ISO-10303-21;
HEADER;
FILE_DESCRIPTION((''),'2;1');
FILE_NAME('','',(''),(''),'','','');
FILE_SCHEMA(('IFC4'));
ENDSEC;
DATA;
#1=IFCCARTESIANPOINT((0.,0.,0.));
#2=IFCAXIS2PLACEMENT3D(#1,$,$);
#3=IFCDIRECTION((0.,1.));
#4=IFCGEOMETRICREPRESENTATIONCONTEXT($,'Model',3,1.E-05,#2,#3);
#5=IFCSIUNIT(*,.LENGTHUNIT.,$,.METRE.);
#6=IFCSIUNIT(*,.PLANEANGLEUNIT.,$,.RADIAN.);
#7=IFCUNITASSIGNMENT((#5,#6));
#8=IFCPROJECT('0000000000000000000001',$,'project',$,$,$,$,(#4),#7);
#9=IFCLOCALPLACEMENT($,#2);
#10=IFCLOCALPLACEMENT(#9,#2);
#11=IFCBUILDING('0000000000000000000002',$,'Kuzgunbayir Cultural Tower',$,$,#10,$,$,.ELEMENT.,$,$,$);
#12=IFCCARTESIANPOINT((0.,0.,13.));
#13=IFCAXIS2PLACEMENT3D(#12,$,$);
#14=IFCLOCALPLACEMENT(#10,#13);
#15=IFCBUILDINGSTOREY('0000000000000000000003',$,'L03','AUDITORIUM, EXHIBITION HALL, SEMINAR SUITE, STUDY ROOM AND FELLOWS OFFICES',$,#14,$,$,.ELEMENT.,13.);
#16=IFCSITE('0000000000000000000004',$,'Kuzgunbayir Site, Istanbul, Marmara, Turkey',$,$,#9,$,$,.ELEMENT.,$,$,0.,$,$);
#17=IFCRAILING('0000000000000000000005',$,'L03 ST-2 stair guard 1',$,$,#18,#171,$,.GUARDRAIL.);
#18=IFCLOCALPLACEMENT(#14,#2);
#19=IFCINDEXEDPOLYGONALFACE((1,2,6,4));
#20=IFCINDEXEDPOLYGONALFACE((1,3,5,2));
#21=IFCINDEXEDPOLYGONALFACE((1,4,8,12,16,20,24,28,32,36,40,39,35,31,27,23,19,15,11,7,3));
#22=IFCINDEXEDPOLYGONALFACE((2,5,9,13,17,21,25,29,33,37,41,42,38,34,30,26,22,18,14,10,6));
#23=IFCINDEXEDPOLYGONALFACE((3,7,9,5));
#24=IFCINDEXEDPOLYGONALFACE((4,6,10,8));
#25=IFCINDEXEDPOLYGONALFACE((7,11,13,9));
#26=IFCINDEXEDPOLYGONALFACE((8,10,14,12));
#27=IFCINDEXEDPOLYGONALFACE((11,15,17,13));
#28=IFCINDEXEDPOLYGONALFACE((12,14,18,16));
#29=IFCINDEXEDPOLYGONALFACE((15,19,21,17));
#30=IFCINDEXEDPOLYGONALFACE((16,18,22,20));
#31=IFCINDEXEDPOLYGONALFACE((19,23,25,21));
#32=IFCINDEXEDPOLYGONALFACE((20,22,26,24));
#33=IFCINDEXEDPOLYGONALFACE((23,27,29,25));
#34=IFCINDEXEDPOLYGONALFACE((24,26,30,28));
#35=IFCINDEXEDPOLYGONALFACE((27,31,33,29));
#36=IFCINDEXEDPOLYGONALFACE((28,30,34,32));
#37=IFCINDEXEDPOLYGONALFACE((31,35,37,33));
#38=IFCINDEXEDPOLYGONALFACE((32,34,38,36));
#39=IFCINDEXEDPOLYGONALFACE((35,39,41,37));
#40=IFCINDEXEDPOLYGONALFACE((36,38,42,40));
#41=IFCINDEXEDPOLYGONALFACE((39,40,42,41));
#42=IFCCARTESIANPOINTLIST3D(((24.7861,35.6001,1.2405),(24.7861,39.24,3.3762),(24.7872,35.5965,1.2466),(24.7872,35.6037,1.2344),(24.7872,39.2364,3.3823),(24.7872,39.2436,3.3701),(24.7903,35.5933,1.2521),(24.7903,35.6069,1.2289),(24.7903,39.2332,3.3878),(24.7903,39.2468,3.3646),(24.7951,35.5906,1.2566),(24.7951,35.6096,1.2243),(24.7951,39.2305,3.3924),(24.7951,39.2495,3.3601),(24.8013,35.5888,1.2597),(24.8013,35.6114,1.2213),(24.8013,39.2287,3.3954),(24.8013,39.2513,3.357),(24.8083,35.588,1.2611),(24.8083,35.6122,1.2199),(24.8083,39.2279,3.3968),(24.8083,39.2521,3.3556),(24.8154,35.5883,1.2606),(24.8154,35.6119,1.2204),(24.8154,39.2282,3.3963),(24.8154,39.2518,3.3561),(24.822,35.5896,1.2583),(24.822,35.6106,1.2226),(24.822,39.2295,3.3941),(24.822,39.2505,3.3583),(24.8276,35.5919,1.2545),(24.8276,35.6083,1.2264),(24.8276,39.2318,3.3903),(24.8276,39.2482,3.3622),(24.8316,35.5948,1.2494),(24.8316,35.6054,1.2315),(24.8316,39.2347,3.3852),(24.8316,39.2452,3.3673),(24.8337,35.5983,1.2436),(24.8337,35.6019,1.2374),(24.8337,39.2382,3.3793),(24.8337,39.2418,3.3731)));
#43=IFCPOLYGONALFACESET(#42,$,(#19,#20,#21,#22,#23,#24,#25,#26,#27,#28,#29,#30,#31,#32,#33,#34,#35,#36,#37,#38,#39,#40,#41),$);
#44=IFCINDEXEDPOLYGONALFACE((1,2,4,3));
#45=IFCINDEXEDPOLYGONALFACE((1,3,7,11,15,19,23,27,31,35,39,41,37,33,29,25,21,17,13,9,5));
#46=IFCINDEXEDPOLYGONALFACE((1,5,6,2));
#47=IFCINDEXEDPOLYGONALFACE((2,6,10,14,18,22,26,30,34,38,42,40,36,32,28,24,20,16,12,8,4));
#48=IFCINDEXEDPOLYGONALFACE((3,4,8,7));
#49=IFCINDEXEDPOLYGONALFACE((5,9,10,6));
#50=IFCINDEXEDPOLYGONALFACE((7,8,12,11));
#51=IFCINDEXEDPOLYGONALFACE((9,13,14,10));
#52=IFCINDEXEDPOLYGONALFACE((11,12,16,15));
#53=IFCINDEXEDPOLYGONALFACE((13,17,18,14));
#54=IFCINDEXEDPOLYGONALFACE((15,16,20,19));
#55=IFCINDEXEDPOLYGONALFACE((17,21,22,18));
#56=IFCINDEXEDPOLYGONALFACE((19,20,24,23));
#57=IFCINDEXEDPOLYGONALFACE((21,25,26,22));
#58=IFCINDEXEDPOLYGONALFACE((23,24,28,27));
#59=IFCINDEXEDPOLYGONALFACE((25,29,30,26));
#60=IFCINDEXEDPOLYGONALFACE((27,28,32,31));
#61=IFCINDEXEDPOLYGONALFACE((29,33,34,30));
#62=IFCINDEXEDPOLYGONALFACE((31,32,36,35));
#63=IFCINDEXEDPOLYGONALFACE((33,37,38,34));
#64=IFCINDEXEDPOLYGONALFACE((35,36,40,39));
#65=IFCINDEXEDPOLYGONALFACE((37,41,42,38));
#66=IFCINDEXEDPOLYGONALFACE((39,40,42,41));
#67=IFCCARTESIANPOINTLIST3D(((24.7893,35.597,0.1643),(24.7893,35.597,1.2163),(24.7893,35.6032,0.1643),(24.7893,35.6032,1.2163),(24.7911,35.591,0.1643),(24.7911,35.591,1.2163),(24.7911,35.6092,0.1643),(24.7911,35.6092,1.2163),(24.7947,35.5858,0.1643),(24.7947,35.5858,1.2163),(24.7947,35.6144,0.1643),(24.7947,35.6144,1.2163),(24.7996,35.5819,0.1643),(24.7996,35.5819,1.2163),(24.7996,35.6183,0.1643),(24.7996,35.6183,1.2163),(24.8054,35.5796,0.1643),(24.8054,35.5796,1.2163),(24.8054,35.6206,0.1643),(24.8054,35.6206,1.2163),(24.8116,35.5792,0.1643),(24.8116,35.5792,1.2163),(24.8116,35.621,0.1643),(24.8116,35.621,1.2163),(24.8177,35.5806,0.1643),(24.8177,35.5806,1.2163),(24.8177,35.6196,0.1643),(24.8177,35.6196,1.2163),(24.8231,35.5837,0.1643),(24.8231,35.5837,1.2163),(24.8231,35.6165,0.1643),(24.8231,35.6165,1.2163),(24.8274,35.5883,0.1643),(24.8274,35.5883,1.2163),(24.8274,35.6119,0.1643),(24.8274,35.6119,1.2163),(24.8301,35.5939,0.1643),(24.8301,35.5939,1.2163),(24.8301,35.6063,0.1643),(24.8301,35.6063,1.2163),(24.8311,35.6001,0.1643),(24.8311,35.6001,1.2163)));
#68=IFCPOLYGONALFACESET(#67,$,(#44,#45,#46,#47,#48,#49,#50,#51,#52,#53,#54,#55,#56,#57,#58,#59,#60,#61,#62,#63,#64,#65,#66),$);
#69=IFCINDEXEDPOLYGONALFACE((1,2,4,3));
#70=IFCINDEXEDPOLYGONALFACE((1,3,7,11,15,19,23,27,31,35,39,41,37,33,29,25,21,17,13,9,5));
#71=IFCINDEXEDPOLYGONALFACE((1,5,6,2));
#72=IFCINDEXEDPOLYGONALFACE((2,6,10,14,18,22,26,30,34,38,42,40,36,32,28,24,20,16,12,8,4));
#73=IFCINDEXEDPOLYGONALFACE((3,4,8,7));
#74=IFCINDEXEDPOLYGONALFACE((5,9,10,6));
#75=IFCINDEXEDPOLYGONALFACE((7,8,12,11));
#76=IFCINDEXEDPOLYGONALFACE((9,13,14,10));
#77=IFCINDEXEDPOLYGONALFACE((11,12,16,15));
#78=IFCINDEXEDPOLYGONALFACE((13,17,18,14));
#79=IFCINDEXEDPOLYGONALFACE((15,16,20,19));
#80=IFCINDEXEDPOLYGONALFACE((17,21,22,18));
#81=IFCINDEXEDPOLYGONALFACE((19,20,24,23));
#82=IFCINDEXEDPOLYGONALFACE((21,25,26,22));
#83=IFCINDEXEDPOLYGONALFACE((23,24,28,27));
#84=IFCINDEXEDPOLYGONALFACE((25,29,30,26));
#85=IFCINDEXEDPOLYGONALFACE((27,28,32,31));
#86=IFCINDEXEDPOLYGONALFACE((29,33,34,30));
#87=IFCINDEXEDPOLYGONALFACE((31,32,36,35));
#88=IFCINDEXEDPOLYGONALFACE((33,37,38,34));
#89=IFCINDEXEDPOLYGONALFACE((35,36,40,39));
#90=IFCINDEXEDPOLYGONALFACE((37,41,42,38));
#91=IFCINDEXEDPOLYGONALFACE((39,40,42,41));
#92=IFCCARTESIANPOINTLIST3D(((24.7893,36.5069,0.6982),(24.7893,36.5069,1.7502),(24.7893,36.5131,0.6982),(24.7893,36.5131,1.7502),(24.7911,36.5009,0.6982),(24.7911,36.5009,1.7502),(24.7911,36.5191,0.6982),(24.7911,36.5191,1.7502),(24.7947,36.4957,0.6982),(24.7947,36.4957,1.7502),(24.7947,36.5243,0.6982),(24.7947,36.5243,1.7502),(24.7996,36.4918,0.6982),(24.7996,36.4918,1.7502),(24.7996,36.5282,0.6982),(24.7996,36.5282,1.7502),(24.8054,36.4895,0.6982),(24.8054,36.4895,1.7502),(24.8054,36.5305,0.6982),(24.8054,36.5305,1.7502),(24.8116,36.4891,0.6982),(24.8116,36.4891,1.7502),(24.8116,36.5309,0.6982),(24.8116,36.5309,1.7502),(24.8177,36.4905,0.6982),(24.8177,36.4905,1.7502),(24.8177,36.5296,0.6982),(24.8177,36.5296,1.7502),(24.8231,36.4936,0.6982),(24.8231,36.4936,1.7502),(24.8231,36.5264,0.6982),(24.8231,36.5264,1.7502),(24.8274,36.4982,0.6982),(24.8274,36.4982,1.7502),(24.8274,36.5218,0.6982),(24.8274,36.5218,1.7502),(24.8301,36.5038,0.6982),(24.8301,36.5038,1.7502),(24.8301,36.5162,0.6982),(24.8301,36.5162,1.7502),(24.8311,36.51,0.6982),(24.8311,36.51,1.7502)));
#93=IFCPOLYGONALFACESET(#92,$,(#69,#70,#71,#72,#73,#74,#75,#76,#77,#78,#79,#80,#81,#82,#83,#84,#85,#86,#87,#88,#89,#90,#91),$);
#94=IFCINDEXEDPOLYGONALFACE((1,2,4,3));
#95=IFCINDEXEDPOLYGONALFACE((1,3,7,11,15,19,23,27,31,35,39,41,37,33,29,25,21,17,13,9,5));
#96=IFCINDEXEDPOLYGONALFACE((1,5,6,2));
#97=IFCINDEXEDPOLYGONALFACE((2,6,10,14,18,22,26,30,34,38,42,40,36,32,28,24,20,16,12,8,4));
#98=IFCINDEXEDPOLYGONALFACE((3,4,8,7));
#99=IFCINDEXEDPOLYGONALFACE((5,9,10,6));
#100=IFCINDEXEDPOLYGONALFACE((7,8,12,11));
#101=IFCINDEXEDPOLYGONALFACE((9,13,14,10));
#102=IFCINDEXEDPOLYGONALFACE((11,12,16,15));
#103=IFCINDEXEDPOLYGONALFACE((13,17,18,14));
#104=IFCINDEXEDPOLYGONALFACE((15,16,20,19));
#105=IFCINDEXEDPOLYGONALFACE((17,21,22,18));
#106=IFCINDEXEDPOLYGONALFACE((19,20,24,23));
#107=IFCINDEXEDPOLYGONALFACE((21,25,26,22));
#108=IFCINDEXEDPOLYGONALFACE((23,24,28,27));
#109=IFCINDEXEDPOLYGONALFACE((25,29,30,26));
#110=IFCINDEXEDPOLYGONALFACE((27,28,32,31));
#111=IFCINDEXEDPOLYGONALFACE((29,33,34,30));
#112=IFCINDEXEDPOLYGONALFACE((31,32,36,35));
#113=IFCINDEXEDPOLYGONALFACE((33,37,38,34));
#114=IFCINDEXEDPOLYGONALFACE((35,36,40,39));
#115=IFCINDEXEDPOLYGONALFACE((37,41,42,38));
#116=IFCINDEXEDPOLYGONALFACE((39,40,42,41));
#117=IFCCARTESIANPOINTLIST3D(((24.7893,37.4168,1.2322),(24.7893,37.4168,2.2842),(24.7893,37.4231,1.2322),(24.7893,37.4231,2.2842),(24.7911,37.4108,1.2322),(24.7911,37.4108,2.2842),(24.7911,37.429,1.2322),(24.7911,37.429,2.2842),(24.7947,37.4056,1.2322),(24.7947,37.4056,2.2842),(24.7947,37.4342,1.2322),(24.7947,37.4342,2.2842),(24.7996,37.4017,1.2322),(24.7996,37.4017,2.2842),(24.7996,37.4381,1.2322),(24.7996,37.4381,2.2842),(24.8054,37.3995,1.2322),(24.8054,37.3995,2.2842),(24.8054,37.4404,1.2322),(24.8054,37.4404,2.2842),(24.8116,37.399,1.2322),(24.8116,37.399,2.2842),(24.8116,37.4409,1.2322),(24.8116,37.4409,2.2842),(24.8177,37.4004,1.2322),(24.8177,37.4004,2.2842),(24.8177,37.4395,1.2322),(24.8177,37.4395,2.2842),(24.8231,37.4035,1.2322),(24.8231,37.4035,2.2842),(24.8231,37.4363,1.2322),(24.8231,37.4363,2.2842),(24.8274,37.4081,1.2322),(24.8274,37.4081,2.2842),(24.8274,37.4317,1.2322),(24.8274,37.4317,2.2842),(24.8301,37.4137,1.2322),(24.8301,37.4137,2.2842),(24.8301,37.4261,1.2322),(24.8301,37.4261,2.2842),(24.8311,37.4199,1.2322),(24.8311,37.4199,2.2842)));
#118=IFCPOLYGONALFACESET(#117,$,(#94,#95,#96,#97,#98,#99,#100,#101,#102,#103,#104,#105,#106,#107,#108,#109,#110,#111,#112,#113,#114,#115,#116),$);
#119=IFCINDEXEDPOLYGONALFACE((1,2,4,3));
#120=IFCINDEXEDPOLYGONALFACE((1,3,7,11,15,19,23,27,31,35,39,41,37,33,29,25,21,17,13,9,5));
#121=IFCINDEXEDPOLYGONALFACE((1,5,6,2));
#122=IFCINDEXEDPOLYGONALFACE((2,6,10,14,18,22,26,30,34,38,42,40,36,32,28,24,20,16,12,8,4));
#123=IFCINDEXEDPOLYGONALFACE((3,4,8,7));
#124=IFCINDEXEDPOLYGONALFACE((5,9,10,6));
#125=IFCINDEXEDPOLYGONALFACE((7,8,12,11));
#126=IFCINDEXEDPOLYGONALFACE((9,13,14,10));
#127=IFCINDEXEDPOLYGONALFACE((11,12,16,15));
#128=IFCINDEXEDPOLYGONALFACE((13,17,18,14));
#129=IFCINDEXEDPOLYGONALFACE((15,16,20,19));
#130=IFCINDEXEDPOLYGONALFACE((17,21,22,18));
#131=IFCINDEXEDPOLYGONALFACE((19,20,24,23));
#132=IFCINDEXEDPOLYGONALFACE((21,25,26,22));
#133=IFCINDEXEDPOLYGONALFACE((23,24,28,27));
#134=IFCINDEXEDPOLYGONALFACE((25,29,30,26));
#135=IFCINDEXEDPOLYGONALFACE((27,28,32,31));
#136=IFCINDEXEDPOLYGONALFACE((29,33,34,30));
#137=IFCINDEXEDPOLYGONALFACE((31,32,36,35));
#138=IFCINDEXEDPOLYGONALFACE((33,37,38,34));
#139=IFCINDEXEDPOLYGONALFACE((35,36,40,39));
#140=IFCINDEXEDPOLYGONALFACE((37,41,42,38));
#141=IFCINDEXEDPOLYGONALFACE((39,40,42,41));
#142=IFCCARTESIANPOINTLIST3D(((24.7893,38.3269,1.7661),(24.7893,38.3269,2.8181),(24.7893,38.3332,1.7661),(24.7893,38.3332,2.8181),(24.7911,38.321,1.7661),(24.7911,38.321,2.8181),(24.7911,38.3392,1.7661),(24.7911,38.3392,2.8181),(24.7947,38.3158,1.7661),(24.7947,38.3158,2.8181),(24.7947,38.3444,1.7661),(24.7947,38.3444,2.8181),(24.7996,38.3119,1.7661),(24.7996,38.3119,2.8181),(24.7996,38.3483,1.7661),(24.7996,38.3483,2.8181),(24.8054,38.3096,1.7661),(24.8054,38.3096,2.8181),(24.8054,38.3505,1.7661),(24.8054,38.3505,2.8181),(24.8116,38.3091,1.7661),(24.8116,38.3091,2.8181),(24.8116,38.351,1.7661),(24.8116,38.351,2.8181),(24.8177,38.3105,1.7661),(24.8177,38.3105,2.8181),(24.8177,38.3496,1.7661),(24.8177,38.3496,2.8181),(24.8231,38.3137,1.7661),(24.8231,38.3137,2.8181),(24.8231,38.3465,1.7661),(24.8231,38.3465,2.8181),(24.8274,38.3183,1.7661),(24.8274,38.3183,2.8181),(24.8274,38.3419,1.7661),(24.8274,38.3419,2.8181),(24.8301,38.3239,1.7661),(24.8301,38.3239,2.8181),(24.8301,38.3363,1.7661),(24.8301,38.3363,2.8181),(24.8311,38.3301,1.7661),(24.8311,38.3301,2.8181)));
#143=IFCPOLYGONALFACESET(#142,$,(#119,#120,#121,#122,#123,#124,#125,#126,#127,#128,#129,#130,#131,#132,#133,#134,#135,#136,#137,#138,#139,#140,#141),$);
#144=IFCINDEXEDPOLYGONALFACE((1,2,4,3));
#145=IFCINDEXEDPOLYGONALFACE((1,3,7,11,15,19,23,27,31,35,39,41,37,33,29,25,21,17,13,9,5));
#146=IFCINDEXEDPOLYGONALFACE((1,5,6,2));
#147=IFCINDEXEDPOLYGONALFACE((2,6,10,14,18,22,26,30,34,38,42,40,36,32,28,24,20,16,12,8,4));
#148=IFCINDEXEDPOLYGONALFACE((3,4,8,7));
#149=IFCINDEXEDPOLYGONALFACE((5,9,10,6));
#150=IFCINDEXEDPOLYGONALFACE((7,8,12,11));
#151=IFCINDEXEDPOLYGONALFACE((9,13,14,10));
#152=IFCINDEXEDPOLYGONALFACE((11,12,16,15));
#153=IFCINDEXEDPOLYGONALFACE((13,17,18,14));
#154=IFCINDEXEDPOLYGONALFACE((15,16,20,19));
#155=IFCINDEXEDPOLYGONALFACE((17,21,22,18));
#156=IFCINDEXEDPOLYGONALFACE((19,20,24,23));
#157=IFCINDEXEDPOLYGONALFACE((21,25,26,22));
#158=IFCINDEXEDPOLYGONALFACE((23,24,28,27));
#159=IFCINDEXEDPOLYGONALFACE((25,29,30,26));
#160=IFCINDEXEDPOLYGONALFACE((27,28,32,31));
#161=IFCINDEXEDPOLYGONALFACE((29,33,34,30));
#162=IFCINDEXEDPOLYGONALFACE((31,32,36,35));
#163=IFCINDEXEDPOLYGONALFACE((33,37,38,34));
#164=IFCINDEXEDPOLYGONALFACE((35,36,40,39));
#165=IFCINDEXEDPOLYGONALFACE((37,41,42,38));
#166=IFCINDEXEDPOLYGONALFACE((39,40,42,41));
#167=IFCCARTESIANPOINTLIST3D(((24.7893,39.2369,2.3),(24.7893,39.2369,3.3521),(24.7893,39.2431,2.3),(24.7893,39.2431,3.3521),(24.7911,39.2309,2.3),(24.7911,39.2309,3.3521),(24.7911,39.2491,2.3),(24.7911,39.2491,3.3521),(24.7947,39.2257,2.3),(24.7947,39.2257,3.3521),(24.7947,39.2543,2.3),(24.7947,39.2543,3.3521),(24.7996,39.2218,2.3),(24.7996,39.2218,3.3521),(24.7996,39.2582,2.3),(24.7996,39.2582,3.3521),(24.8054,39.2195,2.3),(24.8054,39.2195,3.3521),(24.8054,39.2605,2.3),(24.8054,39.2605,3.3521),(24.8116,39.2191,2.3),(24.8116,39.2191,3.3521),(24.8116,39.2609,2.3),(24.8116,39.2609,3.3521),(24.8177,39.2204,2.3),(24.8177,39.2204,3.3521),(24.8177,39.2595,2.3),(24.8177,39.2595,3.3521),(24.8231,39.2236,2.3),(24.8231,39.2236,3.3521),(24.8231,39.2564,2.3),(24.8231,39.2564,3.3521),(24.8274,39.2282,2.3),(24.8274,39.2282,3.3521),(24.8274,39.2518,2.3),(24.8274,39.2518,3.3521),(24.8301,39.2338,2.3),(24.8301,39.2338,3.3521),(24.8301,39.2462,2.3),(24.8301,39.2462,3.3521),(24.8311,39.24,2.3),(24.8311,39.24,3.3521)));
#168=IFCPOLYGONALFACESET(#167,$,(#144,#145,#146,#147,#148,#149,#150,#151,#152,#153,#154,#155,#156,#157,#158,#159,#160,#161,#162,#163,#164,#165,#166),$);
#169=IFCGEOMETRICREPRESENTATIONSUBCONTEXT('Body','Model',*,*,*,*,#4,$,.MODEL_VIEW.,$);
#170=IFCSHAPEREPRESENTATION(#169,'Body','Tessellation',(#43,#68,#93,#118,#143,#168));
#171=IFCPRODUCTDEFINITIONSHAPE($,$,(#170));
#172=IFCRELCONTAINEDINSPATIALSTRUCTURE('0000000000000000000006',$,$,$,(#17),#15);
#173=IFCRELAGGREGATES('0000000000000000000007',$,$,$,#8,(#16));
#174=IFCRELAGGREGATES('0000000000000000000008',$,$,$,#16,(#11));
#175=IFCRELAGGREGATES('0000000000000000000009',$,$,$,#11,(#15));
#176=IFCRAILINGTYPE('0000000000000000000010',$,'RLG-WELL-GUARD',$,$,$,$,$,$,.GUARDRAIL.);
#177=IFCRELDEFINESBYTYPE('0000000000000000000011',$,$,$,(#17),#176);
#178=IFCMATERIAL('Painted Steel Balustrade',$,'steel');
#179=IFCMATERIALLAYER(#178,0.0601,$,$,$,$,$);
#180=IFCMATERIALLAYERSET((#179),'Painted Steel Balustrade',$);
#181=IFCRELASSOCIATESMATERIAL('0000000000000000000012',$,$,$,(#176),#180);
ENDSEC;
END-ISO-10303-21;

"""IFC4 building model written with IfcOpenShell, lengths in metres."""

from ifc_helpers import new_model, si_unit, direction, frame, origin, origin_2d, place, context, subcontext, project, spatial, circle, extrude, material, layer, layer_set, type_object, element, save


model = new_model("IFC4")

# Units and contexts
model_context = context("Model", 3, precision=1e-05, world=origin(), true_north=direction((0.0, 1.0)))
body_context = subcontext(model_context, "Body", "Model", "MODEL_VIEW")
ifc_project = project(units=[si_unit("LENGTHUNIT", "METRE"), si_unit("PLANEANGLEUNIT", "RADIAN")], contexts=[model_context])

# Site, building, storey
site_placement = place(None, origin())
site = spatial("IfcSite", under=ifc_project, at=site_placement, Name="Kuzgunbayir Site, Istanbul, Marmara, Turkey", CompositionType="ELEMENT", RefElevation=0.0)
building_placement = place(site_placement, origin())
building = spatial("IfcBuilding", under=site, at=building_placement, Name="Kuzgunbayir Cultural Tower", CompositionType="ELEMENT")
storey_placement = place(building_placement, frame((0.0, 0.0, 13.0)))
storey = spatial("IfcBuildingStorey", under=building, at=storey_placement, Name="L03", Description="AUDITORIUM, EXHIBITION HALL, SEMINAR SUITE, STUDY ROOM AND FELLOWS OFFICES", CompositionType="ELEMENT", Elevation=13.0)

# Railing
ifc_material_1 = material(Name="Painted Steel Balustrade", Category="steel")
ifc_layer_1 = layer(ifc_material_1, 0.0601)
ifc_layer_set_1 = layer_set([ifc_layer_1], Name="Painted Steel Balustrade")
railing_type_1 = type_object("IfcRailingType", Name="RLG-WELL-GUARD", PredefinedType="GUARDRAIL", material=ifc_layer_set_1)
railing_1_placement = place(storey_placement, frame((24.8101, 35.6001, 0.1643)))
element("IfcRailing", 1, at=railing_1_placement, inside=storey, type_object=railing_type_1, Name="L03 ST-2 stair guard 1", PredefinedType="GUARDRAIL", context=body_context, shape_type="SweptSolid", body=[
    extrude(circle(Radius=0.0239, at=origin_2d()), frame((0.0, 0.0, 1.0762), z_axis=(0.0, 0.86249, 0.506074), x_axis=(-1.0, 0.0, 0.0)), (0.0, 0.0, 1.0), 4.2202),
    extrude(circle(Radius=0.021, at=origin_2d()), origin(), (0.0, 0.0, 1.0), 1.052),
    extrude(circle(Radius=0.021, at=origin_2d()), frame((0.0, 0.9099, 0.5339)), (0.0, 0.0, 1.0), 1.052),
    extrude(circle(Radius=0.021, at=origin_2d()), frame((0.0, 1.8198, 1.0679)), (0.0, 0.0, 1.0), 1.052),
    extrude(circle(Radius=0.021, at=origin_2d()), frame((0.0, 2.73, 1.6018)), (0.0, 0.0, 1.0), 1.052),
    extrude(circle(Radius=0.021, at=origin_2d()), frame((0.0, 3.6399, 2.1357)), (0.0, 0.0, 1.0), 1.052),
])

save(model, "model.ifc")
